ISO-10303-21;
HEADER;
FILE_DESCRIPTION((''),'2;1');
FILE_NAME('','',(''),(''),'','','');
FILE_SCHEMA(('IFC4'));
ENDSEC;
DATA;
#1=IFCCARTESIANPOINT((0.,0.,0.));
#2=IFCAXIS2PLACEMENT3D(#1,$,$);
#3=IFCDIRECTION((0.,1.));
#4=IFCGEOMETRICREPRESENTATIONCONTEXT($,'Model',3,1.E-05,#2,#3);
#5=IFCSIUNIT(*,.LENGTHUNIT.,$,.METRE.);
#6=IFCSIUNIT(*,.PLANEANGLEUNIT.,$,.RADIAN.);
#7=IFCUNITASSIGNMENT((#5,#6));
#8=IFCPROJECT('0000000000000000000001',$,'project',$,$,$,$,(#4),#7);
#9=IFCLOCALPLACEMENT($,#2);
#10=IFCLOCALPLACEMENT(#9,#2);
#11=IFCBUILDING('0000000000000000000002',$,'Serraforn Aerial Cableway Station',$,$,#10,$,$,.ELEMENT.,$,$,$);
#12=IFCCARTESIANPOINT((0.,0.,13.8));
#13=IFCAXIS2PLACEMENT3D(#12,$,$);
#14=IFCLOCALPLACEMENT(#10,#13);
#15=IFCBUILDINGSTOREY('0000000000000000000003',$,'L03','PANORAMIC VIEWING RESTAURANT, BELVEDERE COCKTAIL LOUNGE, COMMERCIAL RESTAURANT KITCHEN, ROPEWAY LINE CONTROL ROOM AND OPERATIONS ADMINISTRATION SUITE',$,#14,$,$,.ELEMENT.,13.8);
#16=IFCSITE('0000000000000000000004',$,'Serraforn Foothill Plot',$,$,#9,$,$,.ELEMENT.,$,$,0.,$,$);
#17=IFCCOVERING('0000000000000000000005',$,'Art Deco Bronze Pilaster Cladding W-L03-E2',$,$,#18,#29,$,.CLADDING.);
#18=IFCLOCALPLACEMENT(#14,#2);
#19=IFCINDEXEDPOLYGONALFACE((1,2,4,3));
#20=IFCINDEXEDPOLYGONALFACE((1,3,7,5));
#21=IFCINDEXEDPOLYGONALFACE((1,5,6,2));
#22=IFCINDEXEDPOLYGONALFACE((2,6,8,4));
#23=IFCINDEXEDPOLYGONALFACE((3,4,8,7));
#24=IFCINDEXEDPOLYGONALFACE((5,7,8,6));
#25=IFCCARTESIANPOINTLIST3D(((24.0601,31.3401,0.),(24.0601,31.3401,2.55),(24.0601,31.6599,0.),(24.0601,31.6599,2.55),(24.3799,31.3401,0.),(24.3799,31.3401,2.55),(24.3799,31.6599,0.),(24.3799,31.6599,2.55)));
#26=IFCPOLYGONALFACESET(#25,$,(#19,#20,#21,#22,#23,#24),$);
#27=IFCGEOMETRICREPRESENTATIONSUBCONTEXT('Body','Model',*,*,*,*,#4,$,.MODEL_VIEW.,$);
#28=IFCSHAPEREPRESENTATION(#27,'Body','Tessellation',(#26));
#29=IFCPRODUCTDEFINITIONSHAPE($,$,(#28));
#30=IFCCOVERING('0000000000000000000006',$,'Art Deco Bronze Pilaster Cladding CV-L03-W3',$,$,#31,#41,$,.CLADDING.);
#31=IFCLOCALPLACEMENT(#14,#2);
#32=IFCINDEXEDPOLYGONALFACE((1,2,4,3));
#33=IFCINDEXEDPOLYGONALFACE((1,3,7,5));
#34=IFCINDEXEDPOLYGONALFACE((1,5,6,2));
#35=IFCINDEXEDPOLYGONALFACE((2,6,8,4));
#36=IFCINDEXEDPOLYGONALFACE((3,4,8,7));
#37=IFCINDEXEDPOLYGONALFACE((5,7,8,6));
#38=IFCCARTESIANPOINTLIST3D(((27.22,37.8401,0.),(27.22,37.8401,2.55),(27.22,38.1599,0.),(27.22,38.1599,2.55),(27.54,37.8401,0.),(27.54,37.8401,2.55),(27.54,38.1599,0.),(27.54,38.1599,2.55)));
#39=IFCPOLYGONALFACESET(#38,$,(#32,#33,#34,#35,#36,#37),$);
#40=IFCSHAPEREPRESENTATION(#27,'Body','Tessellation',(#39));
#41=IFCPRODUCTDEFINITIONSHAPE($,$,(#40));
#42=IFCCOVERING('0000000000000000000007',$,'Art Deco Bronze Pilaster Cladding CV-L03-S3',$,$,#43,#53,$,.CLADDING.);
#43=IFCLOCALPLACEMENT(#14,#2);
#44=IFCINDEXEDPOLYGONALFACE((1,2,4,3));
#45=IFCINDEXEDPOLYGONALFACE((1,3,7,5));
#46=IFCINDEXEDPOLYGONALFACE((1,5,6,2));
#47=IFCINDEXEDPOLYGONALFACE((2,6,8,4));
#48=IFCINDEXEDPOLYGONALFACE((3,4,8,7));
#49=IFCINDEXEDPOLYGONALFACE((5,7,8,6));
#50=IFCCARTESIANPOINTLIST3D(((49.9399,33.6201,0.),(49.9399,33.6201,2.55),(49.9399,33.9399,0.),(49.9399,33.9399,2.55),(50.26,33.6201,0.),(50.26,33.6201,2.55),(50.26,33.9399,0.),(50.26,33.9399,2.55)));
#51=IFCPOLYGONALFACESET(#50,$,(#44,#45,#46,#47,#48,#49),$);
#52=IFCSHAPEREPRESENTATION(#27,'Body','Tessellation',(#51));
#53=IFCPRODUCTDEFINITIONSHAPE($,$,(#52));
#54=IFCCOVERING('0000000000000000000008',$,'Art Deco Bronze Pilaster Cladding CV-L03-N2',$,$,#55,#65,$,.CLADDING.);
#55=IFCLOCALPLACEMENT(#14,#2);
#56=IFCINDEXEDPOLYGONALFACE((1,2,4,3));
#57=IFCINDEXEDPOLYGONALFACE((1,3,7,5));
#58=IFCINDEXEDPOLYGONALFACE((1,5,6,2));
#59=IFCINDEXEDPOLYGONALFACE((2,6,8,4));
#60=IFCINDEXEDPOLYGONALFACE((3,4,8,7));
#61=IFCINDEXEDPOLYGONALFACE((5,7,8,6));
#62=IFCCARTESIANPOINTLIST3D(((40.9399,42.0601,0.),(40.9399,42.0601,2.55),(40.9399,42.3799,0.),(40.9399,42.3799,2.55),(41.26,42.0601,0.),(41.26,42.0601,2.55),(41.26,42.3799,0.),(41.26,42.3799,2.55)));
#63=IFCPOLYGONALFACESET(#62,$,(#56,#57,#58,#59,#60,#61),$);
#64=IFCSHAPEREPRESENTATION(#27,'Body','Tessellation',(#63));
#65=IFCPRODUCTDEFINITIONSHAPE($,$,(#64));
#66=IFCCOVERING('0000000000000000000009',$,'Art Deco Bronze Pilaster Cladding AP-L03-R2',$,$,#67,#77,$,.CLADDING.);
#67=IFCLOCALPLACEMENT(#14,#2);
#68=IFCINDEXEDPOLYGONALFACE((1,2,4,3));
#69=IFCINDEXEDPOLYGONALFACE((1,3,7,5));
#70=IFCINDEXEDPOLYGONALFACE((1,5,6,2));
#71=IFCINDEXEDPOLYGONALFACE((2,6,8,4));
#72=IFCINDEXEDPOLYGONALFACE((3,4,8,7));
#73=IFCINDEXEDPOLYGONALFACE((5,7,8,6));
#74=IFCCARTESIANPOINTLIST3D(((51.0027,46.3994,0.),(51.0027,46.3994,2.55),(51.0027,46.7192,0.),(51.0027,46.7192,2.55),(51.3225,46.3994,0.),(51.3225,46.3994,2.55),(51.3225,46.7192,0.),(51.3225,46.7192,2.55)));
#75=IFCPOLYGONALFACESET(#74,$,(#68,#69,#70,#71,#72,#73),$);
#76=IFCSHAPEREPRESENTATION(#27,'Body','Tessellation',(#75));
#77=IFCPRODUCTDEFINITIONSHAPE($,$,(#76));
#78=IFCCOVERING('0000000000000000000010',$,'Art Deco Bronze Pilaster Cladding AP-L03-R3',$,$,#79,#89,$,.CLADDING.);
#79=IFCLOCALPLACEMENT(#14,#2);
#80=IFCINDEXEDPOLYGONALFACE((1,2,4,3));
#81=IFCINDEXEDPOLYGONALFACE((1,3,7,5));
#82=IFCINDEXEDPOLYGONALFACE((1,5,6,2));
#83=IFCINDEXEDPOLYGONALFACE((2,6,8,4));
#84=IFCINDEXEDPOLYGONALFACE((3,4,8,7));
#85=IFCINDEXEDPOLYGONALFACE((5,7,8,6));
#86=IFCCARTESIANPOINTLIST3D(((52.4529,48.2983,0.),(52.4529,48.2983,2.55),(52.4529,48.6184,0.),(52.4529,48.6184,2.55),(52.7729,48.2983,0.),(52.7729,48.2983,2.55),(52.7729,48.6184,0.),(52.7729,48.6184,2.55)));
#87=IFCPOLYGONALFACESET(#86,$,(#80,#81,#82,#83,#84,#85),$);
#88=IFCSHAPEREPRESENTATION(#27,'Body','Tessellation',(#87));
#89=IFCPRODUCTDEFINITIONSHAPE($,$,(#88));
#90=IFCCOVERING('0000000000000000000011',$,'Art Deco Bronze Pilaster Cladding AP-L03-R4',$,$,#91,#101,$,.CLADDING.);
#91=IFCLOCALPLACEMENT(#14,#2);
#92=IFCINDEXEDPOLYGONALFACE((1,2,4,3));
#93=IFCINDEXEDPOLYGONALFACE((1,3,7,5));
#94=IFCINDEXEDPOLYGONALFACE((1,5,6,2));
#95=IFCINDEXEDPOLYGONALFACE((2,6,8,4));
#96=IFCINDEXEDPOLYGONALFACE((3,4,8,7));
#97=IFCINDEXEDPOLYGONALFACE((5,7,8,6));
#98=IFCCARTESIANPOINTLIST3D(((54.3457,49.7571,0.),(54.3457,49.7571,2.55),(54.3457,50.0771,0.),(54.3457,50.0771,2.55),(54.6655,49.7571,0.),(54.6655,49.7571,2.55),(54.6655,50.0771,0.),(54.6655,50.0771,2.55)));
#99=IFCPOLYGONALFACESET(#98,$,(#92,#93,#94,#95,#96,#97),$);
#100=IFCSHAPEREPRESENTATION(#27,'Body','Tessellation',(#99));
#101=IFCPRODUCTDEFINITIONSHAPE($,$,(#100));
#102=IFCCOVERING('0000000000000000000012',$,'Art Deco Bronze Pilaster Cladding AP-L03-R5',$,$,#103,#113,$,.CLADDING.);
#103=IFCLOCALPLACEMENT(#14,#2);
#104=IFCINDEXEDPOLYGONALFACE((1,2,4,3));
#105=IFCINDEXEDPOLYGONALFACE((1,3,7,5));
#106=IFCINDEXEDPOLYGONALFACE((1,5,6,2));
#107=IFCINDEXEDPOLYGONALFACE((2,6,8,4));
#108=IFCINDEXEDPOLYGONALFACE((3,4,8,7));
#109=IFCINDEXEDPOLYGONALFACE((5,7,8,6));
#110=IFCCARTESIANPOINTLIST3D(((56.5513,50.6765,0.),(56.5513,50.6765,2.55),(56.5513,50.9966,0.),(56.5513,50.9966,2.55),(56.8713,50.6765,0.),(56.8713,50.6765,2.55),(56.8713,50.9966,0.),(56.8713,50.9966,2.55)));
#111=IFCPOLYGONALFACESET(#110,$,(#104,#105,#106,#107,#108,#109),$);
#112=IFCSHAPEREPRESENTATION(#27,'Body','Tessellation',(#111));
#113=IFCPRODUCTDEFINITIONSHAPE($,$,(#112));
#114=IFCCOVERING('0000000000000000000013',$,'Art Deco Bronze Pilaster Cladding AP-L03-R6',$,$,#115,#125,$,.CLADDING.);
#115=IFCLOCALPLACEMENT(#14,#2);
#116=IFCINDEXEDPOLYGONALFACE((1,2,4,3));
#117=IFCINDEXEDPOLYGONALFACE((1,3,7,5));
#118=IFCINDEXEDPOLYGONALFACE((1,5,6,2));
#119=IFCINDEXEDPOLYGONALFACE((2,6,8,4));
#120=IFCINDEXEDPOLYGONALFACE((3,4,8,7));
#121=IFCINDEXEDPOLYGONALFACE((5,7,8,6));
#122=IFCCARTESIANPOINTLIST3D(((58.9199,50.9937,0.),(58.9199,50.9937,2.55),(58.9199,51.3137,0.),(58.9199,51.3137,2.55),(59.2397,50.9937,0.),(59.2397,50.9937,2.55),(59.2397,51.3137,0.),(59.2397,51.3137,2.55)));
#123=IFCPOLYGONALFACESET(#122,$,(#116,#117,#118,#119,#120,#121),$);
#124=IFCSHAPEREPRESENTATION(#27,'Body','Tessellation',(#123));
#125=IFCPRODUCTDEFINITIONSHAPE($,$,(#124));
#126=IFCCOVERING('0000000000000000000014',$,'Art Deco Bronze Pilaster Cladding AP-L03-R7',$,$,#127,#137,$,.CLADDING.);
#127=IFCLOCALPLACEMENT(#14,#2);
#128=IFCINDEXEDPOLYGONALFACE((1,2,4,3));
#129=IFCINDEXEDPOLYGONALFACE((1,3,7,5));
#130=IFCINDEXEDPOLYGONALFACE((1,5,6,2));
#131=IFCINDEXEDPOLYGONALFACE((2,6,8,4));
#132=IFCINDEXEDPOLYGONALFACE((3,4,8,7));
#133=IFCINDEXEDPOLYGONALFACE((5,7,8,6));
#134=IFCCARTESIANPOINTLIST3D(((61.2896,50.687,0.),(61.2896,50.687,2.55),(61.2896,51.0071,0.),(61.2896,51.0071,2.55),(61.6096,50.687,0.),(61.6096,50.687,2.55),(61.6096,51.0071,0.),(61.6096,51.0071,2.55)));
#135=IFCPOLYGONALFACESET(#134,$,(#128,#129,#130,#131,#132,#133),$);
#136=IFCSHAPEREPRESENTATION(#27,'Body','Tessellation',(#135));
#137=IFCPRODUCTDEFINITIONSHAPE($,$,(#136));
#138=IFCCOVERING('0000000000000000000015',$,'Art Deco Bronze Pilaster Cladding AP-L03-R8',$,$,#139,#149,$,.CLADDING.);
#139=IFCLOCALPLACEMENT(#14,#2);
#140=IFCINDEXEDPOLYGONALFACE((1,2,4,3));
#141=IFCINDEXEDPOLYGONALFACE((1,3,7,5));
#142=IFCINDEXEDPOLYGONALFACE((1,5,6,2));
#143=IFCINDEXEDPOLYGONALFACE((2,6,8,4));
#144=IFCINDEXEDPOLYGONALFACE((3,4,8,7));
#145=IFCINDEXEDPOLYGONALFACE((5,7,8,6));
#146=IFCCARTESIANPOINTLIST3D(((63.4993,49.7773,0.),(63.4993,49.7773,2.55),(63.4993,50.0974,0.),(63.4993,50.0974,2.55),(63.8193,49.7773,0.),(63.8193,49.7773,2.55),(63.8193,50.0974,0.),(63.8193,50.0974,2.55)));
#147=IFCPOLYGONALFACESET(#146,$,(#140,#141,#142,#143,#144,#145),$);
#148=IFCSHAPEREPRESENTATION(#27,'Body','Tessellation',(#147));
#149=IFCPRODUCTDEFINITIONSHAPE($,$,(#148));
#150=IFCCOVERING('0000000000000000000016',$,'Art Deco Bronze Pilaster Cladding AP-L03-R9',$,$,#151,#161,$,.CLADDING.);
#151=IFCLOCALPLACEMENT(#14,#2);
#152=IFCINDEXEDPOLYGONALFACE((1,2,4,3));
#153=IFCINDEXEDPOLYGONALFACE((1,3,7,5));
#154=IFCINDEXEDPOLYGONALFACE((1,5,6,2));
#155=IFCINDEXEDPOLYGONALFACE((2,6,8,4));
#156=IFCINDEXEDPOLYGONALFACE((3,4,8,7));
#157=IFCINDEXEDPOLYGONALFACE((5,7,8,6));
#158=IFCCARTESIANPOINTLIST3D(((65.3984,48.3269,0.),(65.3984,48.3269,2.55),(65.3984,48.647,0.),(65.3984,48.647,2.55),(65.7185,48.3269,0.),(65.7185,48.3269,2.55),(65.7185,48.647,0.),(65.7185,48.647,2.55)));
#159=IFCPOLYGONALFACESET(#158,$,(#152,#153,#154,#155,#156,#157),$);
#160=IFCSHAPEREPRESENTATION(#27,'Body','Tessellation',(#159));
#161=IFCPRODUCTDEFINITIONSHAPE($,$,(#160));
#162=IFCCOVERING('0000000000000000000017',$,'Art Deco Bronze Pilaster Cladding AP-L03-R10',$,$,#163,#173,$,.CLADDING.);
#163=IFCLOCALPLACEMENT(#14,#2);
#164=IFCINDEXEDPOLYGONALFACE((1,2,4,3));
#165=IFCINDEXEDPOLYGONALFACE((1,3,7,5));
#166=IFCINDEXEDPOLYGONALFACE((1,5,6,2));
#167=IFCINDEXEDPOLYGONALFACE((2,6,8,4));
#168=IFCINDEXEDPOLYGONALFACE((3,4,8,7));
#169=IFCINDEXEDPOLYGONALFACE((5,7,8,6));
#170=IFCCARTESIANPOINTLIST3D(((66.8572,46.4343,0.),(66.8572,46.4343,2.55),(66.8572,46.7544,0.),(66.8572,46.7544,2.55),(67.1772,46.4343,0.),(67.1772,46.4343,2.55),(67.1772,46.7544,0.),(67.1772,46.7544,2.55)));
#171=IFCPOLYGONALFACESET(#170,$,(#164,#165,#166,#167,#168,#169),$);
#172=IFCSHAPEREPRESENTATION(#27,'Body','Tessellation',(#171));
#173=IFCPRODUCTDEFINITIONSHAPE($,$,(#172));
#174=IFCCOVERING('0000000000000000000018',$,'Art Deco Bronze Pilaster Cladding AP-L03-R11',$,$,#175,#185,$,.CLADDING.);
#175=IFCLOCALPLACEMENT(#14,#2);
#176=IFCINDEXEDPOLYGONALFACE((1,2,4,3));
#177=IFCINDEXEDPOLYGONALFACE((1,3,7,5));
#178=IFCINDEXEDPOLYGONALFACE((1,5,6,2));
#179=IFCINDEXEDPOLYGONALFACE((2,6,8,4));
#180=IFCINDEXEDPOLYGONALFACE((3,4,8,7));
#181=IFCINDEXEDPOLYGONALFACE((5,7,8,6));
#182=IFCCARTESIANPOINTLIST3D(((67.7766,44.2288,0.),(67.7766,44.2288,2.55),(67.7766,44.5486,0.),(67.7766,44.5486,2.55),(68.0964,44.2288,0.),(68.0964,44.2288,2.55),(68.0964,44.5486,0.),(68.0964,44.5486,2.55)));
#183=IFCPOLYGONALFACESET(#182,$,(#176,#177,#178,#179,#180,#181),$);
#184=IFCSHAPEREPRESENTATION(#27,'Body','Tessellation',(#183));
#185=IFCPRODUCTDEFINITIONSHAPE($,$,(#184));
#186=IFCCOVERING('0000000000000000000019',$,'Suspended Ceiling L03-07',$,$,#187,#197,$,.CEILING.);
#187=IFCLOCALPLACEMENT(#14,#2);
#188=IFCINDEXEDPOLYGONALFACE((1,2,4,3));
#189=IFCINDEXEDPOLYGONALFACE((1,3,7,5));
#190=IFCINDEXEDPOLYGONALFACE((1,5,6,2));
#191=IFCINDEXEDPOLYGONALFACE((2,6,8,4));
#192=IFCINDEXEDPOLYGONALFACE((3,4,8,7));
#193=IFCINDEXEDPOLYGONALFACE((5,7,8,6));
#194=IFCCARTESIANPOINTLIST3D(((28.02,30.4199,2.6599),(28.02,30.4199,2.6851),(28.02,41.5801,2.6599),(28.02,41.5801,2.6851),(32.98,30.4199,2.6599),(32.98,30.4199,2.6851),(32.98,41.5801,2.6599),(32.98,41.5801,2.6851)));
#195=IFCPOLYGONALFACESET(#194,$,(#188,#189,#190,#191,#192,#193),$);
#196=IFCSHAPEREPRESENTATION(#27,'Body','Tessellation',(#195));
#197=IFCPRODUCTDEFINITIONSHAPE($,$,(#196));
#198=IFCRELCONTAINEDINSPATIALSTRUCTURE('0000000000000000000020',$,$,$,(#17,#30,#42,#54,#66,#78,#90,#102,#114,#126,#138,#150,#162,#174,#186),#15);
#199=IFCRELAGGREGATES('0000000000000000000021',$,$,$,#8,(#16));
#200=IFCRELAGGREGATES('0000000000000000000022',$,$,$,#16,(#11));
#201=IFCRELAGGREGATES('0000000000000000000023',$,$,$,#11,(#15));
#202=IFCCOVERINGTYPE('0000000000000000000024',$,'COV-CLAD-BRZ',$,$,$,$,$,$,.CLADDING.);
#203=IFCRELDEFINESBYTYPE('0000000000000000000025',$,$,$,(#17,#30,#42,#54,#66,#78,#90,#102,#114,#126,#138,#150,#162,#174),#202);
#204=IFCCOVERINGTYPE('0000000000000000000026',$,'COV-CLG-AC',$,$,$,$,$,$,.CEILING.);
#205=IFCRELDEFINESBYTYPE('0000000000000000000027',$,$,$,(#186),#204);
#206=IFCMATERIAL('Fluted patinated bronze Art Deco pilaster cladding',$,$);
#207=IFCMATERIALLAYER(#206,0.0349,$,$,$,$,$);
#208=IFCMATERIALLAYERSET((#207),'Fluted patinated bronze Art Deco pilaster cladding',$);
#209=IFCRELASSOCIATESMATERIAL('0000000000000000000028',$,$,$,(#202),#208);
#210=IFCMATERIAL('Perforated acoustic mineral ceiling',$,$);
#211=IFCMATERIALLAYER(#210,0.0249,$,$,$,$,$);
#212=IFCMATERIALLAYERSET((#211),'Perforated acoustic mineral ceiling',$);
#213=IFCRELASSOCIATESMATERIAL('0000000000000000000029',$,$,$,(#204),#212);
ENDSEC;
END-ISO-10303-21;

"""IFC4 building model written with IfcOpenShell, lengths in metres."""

from ifc_helpers import new_model, si_unit, direction, frame, origin, place, context, subcontext, project, spatial, polyline, outline, extrude, material, layer, layer_set, type_object, element, save


model = new_model("IFC4")

# Units and contexts
model_context = context("Model", 3, precision=1e-05, world=origin(), true_north=direction((0.0, 1.0)))
body_context = subcontext(model_context, "Body", "Model", "MODEL_VIEW")
ifc_project = project(units=[si_unit("LENGTHUNIT", "METRE"), si_unit("PLANEANGLEUNIT", "RADIAN")], contexts=[model_context])

# Site, building, storey
site_placement = place(None, origin())
site = spatial("IfcSite", under=ifc_project, at=site_placement, Name="Serraforn Foothill Plot", CompositionType="ELEMENT", RefElevation=0.0)
building_placement = place(site_placement, origin())
building = spatial("IfcBuilding", under=site, at=building_placement, Name="Serraforn Aerial Cableway Station", CompositionType="ELEMENT")
storey_placement = place(building_placement, frame((0.0, 0.0, 13.8)))
storey = spatial("IfcBuildingStorey", under=building, at=storey_placement, Name="L03", Description="PANORAMIC VIEWING RESTAURANT, BELVEDERE COCKTAIL LOUNGE, COMMERCIAL RESTAURANT KITCHEN, ROPEWAY LINE CONTROL ROOM AND OPERATIONS ADMINISTRATION SUITE", CompositionType="ELEMENT", Elevation=13.8)

# Coverings
ifc_material_1 = material(Name="Fluted patinated bronze Art Deco pilaster cladding")
ifc_layer_1 = layer(ifc_material_1, 0.0349)
ifc_layer_set_1 = layer_set([ifc_layer_1], Name="Fluted patinated bronze Art Deco pilaster cladding")
covering_type_1 = type_object("IfcCoveringType", Name="COV-CLAD-BRZ", PredefinedType="CLADDING", material=ifc_layer_set_1)
covering_1_placement = place(storey_placement, origin())
element("IfcCovering", 1, at=covering_1_placement, inside=storey, type_object=covering_type_1, Name="Art Deco Bronze Pilaster Cladding W-L03-E2", PredefinedType="CLADDING", context=body_context, shape_type="SweptSolid", body=[
    extrude(outline(polyline([(24.0601, 31.3401), (24.3799, 31.3401), (24.3799, 31.6599), (24.0601, 31.6599), (24.0601, 31.3401)])), origin(), (0.0, 0.0, 1.0), 2.55),
])
covering_2_placement = place(storey_placement, origin())
element("IfcCovering", 2, at=covering_2_placement, inside=storey, type_object=covering_type_1, Name="Art Deco Bronze Pilaster Cladding CV-L03-W3", PredefinedType="CLADDING", context=body_context, shape_type="SweptSolid", body=[
    extrude(outline(polyline([(27.22, 37.8401), (27.54, 37.8401), (27.54, 38.1599), (27.22, 38.1599), (27.22, 37.8401)])), origin(), (0.0, 0.0, 1.0), 2.55),
])
covering_3_placement = place(storey_placement, origin())
element("IfcCovering", 3, at=covering_3_placement, inside=storey, type_object=covering_type_1, Name="Art Deco Bronze Pilaster Cladding CV-L03-S3", PredefinedType="CLADDING", context=body_context, shape_type="SweptSolid", body=[
    extrude(outline(polyline([(49.9399, 33.6201), (50.26, 33.6201), (50.26, 33.9399), (49.9399, 33.9399), (49.9399, 33.6201)])), origin(), (0.0, 0.0, 1.0), 2.55),
])
covering_4_placement = place(storey_placement, origin())
element("IfcCovering", 4, at=covering_4_placement, inside=storey, type_object=covering_type_1, Name="Art Deco Bronze Pilaster Cladding CV-L03-N2", PredefinedType="CLADDING", context=body_context, shape_type="SweptSolid", body=[
    extrude(outline(polyline([(40.9399, 42.0601), (41.26, 42.0601), (41.26, 42.3799), (40.9399, 42.3799), (40.9399, 42.0601)])), origin(), (0.0, 0.0, 1.0), 2.55),
])
covering_5_placement = place(storey_placement, origin())
element("IfcCovering", 5, at=covering_5_placement, inside=storey, type_object=covering_type_1, Name="Art Deco Bronze Pilaster Cladding AP-L03-R2", PredefinedType="CLADDING", context=body_context, shape_type="SweptSolid", body=[
    extrude(outline(polyline([(51.0027, 46.3994), (51.3225, 46.3994), (51.3225, 46.7192), (51.0027, 46.7192), (51.0027, 46.3994)])), origin(), (0.0, 0.0, 1.0), 2.55),
])
covering_6_placement = place(storey_placement, origin())
element("IfcCovering", 6, at=covering_6_placement, inside=storey, type_object=covering_type_1, Name="Art Deco Bronze Pilaster Cladding AP-L03-R3", PredefinedType="CLADDING", context=body_context, shape_type="SweptSolid", body=[
    extrude(outline(polyline([(52.4529, 48.2983), (52.7729, 48.2983), (52.7729, 48.6184), (52.4529, 48.6184), (52.4529, 48.2983)])), origin(), (0.0, 0.0, 1.0), 2.55),
])
covering_7_placement = place(storey_placement, origin())
element("IfcCovering", 7, at=covering_7_placement, inside=storey, type_object=covering_type_1, Name="Art Deco Bronze Pilaster Cladding AP-L03-R4", PredefinedType="CLADDING", context=body_context, shape_type="SweptSolid", body=[
    extrude(outline(polyline([(54.3457, 49.7571), (54.6655, 49.7571), (54.6655, 50.0771), (54.3457, 50.0771), (54.3457, 49.7571)])), origin(), (0.0, 0.0, 1.0), 2.55),
])
covering_8_placement = place(storey_placement, origin())
element("IfcCovering", 8, at=covering_8_placement, inside=storey, type_object=covering_type_1, Name="Art Deco Bronze Pilaster Cladding AP-L03-R5", PredefinedType="CLADDING", context=body_context, shape_type="SweptSolid", body=[
    extrude(outline(polyline([(56.5513, 50.6765), (56.8713, 50.6765), (56.8713, 50.9966), (56.5513, 50.9966), (56.5513, 50.6765)])), origin(), (0.0, 0.0, 1.0), 2.55),
])
covering_9_placement = place(storey_placement, origin())
element("IfcCovering", 9, at=covering_9_placement, inside=storey, type_object=covering_type_1, Name="Art Deco Bronze Pilaster Cladding AP-L03-R6", PredefinedType="CLADDING", context=body_context, shape_type="SweptSolid", body=[
    extrude(outline(polyline([(58.9199, 50.9937), (59.2397, 50.9937), (59.2397, 51.3137), (58.9199, 51.3137), (58.9199, 50.9937)])), origin(), (0.0, 0.0, 1.0), 2.55),
])
covering_10_placement = place(storey_placement, origin())
element("IfcCovering", 10, at=covering_10_placement, inside=storey, type_object=covering_type_1, Name="Art Deco Bronze Pilaster Cladding AP-L03-R7", PredefinedType="CLADDING", context=body_context, shape_type="SweptSolid", body=[
    extrude(outline(polyline([(61.2896, 50.687), (61.6096, 50.687), (61.6096, 51.0071), (61.2896, 51.0071), (61.2896, 50.687)])), origin(), (0.0, 0.0, 1.0), 2.55),
])
covering_11_placement = place(storey_placement, origin())
element("IfcCovering", 11, at=covering_11_placement, inside=storey, type_object=covering_type_1, Name="Art Deco Bronze Pilaster Cladding AP-L03-R8", PredefinedType="CLADDING", context=body_context, shape_type="SweptSolid", body=[
    extrude(outline(polyline([(63.4993, 49.7773), (63.8193, 49.7773), (63.8193, 50.0974), (63.4993, 50.0974), (63.4993, 49.7773)])), origin(), (0.0, 0.0, 1.0), 2.55),
])
covering_12_placement = place(storey_placement, origin())
element("IfcCovering", 12, at=covering_12_placement, inside=storey, type_object=covering_type_1, Name="Art Deco Bronze Pilaster Cladding AP-L03-R9", PredefinedType="CLADDING", context=body_context, shape_type="SweptSolid", body=[
    extrude(outline(polyline([(65.3984, 48.3269), (65.7185, 48.3269), (65.7185, 48.647), (65.3984, 48.647), (65.3984, 48.3269)])), origin(), (0.0, 0.0, 1.0), 2.55),
])
covering_13_placement = place(storey_placement, origin())
element("IfcCovering", 13, at=covering_13_placement, inside=storey, type_object=covering_type_1, Name="Art Deco Bronze Pilaster Cladding AP-L03-R10", PredefinedType="CLADDING", context=body_context, shape_type="SweptSolid", body=[
    extrude(outline(polyline([(66.8572, 46.4343), (67.1772, 46.4343), (67.1772, 46.7544), (66.8572, 46.7544), (66.8572, 46.4343)])), origin(), (0.0, 0.0, 1.0), 2.55),
])
covering_14_placement = place(storey_placement, origin())
element("IfcCovering", 14, at=covering_14_placement, inside=storey, type_object=covering_type_1, Name="Art Deco Bronze Pilaster Cladding AP-L03-R11", PredefinedType="CLADDING", context=body_context, shape_type="SweptSolid", body=[
    extrude(outline(polyline([(67.7766, 44.2288), (68.0964, 44.2288), (68.0964, 44.5486), (67.7766, 44.5486), (67.7766, 44.2288)])), origin(), (0.0, 0.0, 1.0), 2.55),
])
ifc_material_2 = material(Name="Perforated acoustic mineral ceiling")
ifc_layer_2 = layer(ifc_material_2, 0.0249)
ifc_layer_set_2 = layer_set([ifc_layer_2], Name="Perforated acoustic mineral ceiling")
covering_type_2 = type_object("IfcCoveringType", Name="COV-CLG-AC", PredefinedType="CEILING", material=ifc_layer_set_2)
covering_15_placement = place(storey_placement, frame((0.0, 0.0, 2.6599)))
element("IfcCovering", 15, at=covering_15_placement, inside=storey, type_object=covering_type_2, Name="Suspended Ceiling L03-07", PredefinedType="CEILING", context=body_context, shape_type="SweptSolid", body=[
    extrude(outline(polyline([(28.02, 30.4199), (28.02, 41.5801), (32.98, 41.5801), (32.98, 30.4199), (28.02, 30.4199)])), origin(), (0.0, 0.0, 1.0), 0.0251),
])

save(model, "model.ifc")
